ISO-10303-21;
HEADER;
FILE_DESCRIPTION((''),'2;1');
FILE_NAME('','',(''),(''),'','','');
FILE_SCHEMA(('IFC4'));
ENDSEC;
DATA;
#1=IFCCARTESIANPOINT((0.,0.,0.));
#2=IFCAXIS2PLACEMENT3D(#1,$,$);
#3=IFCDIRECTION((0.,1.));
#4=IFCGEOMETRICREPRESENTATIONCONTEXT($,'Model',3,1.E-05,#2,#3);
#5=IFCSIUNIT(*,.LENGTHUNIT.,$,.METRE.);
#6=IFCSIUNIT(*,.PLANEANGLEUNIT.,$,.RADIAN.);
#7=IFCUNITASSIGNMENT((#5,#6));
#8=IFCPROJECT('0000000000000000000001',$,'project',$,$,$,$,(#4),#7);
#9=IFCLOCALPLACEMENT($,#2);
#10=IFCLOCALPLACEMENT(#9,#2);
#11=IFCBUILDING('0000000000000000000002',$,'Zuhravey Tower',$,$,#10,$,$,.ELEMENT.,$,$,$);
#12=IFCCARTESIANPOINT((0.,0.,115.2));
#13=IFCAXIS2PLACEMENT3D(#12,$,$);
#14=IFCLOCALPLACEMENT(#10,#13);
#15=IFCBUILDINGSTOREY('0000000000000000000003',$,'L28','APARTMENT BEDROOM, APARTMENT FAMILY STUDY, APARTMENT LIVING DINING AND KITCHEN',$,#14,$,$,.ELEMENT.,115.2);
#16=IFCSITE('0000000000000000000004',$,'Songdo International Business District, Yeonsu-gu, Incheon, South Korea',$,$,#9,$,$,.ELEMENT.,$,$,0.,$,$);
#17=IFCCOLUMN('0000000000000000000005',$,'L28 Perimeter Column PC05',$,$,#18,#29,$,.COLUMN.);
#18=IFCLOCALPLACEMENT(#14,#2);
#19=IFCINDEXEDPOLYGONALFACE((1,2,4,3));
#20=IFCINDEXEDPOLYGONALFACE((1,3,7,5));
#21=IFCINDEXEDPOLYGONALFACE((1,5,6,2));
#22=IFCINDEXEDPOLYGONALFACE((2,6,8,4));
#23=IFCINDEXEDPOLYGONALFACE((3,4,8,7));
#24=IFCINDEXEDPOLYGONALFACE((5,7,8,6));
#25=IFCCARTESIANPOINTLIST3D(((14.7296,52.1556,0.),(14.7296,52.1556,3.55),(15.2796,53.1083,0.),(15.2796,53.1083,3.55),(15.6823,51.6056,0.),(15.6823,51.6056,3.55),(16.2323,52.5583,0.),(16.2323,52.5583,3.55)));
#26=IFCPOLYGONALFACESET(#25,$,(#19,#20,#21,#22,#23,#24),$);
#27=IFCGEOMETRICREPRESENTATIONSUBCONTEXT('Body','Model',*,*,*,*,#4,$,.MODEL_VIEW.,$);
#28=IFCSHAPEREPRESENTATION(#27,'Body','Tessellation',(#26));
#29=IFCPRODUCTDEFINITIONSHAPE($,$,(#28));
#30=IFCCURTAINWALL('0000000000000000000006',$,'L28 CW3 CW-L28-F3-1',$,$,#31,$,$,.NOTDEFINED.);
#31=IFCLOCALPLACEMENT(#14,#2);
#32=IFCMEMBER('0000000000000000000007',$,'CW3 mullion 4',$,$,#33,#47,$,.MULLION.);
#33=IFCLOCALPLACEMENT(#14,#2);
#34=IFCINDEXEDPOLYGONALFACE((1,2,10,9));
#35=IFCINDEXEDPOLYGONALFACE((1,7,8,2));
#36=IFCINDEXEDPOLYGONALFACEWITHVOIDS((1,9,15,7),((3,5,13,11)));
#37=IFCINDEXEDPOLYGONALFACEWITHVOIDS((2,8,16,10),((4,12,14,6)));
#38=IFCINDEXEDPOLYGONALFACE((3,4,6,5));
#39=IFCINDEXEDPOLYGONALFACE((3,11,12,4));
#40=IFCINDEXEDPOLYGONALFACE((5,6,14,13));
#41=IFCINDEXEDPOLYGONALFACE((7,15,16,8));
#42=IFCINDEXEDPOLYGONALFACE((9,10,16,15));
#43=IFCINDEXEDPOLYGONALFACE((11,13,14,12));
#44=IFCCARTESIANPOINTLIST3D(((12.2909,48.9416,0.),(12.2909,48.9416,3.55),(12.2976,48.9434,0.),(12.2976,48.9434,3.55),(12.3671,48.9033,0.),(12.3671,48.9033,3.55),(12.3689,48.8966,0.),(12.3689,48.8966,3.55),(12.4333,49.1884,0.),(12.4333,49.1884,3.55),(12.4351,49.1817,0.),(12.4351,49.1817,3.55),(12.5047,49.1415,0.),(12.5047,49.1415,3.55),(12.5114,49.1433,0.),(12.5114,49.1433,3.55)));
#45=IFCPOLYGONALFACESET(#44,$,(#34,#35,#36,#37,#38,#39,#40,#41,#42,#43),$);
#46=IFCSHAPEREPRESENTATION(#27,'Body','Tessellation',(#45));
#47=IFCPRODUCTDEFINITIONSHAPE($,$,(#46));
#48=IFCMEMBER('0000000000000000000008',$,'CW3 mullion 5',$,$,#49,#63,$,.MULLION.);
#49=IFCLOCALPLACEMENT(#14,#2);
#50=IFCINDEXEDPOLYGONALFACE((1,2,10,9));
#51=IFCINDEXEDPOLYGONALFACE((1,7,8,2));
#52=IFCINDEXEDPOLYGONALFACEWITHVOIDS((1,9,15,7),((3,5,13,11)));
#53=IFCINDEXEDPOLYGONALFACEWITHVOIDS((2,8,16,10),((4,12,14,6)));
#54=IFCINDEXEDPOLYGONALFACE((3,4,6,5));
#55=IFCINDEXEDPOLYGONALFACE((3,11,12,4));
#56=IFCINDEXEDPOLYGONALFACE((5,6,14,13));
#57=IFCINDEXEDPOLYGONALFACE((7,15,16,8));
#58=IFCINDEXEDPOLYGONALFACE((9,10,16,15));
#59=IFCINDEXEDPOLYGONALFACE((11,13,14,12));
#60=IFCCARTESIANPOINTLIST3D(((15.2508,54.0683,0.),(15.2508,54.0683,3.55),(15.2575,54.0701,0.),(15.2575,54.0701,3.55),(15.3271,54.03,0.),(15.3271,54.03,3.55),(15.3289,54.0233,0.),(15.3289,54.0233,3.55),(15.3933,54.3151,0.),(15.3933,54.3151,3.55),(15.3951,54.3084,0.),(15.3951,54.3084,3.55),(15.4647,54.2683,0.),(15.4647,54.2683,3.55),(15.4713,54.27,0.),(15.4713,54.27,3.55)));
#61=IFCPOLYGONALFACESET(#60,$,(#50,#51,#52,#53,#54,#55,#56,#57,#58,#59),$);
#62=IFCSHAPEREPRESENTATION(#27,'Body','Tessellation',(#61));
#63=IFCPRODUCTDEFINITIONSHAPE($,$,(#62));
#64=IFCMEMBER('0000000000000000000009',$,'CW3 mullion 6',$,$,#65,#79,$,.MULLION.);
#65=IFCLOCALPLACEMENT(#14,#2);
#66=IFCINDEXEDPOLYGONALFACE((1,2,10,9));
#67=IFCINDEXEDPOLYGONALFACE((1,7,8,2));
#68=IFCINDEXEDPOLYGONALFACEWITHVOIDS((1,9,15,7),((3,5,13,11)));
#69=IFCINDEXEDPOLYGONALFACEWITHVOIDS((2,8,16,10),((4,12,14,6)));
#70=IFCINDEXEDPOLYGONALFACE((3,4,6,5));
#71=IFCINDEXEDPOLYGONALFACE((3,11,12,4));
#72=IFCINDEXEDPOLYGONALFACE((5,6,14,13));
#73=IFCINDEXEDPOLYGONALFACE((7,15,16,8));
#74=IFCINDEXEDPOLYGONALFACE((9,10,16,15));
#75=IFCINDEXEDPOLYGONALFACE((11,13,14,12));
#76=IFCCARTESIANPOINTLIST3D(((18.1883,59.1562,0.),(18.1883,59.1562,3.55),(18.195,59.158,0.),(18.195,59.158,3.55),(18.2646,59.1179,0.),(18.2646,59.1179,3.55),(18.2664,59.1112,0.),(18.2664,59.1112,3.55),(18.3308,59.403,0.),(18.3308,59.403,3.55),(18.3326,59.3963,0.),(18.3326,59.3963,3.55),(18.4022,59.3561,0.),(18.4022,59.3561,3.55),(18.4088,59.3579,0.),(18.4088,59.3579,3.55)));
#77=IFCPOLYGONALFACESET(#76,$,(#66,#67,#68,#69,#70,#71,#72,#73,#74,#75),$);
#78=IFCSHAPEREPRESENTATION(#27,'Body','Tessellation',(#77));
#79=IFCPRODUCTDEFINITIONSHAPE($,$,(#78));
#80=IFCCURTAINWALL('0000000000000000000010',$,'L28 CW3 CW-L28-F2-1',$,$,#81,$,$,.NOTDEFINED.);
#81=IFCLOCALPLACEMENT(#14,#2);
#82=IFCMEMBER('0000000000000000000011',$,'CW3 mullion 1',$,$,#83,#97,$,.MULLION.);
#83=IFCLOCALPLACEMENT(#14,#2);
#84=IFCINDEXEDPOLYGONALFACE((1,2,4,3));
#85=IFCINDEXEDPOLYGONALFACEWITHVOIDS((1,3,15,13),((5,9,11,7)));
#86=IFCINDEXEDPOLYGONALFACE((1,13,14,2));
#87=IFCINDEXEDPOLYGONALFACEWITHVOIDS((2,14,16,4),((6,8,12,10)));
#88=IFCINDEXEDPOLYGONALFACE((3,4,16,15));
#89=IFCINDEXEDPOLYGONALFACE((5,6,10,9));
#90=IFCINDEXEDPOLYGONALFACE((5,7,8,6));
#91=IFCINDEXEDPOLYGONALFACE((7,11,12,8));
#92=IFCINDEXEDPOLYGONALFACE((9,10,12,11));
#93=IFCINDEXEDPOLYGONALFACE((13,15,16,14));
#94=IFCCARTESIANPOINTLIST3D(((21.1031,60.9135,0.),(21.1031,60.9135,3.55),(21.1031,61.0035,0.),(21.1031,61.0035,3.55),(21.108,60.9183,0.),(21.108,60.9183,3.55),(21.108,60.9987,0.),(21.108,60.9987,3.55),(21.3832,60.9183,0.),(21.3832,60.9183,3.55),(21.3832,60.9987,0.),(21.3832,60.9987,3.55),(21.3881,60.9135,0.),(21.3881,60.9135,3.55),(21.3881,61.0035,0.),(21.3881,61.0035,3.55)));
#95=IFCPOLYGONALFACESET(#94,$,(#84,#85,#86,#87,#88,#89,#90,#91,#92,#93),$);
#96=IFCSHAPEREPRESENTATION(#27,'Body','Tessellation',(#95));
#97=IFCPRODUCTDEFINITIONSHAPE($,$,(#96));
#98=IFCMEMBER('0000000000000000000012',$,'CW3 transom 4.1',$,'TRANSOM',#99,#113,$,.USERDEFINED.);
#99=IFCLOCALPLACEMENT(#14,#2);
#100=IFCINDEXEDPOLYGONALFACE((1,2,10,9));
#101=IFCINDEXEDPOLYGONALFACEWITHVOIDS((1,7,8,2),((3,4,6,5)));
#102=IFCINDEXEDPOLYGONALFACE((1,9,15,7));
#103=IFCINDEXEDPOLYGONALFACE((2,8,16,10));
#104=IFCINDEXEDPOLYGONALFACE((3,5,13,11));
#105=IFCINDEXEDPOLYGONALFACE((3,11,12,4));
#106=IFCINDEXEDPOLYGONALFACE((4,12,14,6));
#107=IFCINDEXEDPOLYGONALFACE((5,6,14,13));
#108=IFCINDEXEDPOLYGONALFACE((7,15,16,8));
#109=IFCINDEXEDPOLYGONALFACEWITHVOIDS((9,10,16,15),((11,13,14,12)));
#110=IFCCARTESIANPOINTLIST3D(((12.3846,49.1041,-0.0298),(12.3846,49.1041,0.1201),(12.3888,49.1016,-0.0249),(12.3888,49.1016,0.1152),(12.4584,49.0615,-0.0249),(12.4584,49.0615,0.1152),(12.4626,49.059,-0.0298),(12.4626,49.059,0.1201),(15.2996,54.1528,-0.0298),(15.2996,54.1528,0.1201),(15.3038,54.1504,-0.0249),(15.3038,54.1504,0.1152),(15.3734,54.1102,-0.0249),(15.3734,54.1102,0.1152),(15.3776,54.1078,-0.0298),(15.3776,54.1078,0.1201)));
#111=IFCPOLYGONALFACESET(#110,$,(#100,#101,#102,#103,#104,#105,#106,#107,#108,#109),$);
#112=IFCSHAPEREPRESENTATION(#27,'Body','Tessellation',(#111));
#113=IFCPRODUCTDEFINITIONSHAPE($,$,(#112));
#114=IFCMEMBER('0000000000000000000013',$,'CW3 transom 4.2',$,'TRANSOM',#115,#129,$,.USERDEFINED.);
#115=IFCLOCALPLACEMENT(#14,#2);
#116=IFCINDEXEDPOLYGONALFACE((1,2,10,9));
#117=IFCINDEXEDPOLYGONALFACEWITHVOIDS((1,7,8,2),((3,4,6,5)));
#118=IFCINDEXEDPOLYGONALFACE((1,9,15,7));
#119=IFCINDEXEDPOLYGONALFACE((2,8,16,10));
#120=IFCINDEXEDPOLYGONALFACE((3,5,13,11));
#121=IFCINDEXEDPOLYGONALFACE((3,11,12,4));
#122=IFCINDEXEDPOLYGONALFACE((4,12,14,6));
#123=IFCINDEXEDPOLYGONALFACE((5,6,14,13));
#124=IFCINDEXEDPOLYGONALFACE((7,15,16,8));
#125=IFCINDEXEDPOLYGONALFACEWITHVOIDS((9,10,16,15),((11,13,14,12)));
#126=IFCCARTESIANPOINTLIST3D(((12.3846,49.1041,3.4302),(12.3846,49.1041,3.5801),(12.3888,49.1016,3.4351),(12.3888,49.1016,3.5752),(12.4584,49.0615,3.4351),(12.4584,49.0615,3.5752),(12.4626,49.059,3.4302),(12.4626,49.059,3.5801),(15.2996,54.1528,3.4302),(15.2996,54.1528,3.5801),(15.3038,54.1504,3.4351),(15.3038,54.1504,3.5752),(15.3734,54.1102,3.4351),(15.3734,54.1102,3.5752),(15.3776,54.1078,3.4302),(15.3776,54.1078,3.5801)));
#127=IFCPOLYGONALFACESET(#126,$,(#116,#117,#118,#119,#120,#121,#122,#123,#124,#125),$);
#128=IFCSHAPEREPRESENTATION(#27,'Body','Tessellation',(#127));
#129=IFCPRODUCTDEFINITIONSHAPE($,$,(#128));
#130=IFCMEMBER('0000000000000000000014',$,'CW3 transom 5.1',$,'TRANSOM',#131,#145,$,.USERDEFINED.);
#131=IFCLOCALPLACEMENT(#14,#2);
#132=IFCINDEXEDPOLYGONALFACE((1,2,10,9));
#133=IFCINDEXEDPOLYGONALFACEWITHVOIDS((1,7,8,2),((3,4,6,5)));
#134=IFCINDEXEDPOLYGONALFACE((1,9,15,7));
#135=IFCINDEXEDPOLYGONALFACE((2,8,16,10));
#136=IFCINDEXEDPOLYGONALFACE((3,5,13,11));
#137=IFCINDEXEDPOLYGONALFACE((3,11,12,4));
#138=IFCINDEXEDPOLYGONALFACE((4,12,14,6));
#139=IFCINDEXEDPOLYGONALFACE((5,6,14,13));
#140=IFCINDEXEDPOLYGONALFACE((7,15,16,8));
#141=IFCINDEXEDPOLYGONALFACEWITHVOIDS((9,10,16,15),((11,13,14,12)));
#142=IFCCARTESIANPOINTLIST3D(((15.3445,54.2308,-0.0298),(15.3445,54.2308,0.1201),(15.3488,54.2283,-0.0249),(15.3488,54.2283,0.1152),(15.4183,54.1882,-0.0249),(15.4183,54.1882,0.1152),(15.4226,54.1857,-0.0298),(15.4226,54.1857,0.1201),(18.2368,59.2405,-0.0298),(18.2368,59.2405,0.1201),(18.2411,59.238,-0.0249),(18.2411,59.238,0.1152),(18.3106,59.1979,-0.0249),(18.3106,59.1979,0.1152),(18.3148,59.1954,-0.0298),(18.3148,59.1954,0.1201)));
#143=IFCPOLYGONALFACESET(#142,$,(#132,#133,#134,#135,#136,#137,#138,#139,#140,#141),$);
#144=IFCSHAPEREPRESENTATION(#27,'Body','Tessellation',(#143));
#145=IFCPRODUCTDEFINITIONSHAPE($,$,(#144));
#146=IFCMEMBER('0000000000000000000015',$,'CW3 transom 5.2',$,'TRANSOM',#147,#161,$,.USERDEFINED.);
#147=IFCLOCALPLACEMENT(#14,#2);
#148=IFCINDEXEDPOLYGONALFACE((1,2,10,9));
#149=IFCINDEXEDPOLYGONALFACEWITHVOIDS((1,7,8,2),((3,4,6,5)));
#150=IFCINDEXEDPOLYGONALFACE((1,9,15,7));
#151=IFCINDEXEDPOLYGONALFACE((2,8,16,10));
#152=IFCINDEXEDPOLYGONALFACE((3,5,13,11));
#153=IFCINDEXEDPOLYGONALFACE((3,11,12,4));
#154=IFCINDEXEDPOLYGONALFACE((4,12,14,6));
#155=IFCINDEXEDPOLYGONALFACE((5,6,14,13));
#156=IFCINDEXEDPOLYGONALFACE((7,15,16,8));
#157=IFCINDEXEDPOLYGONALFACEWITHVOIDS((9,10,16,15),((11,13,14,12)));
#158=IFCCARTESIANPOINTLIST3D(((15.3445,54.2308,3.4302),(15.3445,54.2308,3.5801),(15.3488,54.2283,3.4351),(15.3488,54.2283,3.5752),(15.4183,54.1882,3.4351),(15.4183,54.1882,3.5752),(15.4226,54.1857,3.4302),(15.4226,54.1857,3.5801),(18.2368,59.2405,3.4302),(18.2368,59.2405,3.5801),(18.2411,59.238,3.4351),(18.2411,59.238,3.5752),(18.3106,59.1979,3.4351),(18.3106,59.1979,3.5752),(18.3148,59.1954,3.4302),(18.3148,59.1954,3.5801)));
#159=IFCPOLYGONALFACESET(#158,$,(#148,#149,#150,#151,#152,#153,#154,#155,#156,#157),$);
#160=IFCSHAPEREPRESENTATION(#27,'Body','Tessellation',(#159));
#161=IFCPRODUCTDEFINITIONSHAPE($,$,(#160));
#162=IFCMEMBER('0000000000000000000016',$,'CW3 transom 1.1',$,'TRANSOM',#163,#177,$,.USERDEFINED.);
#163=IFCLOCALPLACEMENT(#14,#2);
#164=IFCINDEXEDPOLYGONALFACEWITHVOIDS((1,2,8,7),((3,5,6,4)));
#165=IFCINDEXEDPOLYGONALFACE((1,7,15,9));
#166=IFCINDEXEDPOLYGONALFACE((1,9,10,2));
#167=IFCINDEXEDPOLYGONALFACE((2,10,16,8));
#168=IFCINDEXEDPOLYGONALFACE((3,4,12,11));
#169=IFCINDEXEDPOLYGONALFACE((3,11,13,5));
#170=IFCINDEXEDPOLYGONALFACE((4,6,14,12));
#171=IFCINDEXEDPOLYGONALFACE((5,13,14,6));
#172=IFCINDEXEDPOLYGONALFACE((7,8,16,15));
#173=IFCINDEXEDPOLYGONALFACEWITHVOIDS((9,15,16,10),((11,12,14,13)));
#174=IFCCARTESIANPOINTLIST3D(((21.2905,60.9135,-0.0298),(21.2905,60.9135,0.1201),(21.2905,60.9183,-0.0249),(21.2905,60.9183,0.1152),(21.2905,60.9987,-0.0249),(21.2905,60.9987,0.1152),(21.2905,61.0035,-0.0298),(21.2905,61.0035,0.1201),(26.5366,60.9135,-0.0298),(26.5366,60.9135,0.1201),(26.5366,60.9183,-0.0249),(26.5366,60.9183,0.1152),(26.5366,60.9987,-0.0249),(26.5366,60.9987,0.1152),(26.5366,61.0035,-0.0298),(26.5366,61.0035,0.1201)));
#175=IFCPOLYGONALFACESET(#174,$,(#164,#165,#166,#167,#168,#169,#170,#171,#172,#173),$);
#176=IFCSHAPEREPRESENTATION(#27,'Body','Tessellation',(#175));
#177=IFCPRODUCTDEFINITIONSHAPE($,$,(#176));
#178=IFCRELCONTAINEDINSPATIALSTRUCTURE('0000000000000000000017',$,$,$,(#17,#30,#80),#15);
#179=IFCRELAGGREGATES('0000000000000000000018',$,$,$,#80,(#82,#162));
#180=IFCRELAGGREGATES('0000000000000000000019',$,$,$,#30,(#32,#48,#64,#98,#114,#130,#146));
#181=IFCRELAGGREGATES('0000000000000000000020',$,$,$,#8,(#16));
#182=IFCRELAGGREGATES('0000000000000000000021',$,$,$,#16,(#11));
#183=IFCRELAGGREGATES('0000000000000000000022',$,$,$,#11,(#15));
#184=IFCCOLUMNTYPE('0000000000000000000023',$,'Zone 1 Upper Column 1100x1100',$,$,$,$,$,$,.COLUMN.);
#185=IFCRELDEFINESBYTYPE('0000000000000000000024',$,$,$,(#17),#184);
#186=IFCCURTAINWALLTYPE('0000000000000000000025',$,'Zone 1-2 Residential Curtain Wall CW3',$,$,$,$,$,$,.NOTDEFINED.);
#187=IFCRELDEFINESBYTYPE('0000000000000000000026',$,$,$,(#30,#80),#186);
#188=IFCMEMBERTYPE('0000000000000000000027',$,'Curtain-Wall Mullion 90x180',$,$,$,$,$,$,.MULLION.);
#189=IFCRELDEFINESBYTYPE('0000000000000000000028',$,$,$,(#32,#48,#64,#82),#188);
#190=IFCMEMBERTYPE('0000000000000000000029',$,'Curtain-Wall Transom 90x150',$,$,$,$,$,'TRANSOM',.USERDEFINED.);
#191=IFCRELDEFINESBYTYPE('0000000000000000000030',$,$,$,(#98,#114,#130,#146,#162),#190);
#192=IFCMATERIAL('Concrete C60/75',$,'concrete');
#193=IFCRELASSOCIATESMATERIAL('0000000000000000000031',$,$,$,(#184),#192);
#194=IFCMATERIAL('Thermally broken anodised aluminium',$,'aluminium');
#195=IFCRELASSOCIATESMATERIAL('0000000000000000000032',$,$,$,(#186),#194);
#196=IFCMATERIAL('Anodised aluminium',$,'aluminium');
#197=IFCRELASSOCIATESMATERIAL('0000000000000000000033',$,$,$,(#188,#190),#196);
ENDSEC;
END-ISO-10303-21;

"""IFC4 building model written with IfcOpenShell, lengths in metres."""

from ifc_helpers import new_model, si_unit, direction, frame, origin, origin_2d, place, context, subcontext, project, spatial, rectangle, hollow_rectangle, extrude, material, material_profile, profile_set, type_object, element, aggregate, save


model = new_model("IFC4")

# Units and contexts
model_context = context("Model", 3, precision=1e-05, world=origin(), true_north=direction((0.0, 1.0)))
body_context = subcontext(model_context, "Body", "Model", "MODEL_VIEW")
ifc_project = project(units=[si_unit("LENGTHUNIT", "METRE"), si_unit("PLANEANGLEUNIT", "RADIAN")], contexts=[model_context])

# Site, building, storey
site_placement = place(None, origin())
site = spatial("IfcSite", under=ifc_project, at=site_placement, Name="Songdo International Business District, Yeonsu-gu, Incheon, South Korea", CompositionType="ELEMENT", RefElevation=0.0)
building_placement = place(site_placement, origin())
building = spatial("IfcBuilding", under=site, at=building_placement, Name="Zuhravey Tower", CompositionType="ELEMENT")
storey_placement = place(building_placement, frame((0.0, 0.0, 115.2)))
storey = spatial("IfcBuildingStorey", under=building, at=storey_placement, Name="L28", Description="APARTMENT BEDROOM, APARTMENT FAMILY STUDY, APARTMENT LIVING DINING AND KITCHEN", CompositionType="ELEMENT", Elevation=115.2)

# Column
ifc_material_1 = material(Name="Concrete C60/75", Category="concrete")
ifc_material_profile_1 = material_profile(ifc_material_1, rectangle(XDim=1.1001, YDim=1.1001, at=origin_2d()), Name="RC-1100x1100")
ifc_profile_set_1 = profile_set([ifc_material_profile_1], Name="Concrete C60/75")
column_type = type_object("IfcColumnType", Name="Zone 1 Upper Column 1100x1100", PredefinedType="COLUMN", material=ifc_profile_set_1)
column_placement = place(storey_placement, frame((15.481, 52.3569, 0.0), z_axis=(0.0, 0.0, 1.0), x_axis=(-0.5, -0.866025, 0.0)))
element("IfcColumn", 1, at=column_placement, inside=storey, type_object=column_type, Name="L28 Perimeter Column PC05", PredefinedType="COLUMN", context=body_context, shape_type="SweptSolid", body=[
    extrude(rectangle(XDim=1.1001, YDim=1.1001, at=origin_2d()), origin(), (0.0, 0.0, 1.0), 3.55),
])

# Curtain wall, members
ifc_material_2 = material(Name="Thermally broken anodised aluminium", Category="aluminium")
curtain_wall_type = type_object("IfcCurtainWallType", Name="Zone 1-2 Residential Curtain Wall CW3", PredefinedType="NOTDEFINED", material=ifc_material_2)
curtain_wall_1_placement = place(storey_placement, origin())
curtain_wall_1 = element("IfcCurtainWall", 2, at=curtain_wall_1_placement, inside=storey, type_object=curtain_wall_type, Name="L28 CW3 CW-L28-F3-1", PredefinedType="NOTDEFINED")
ifc_material_3 = material(Name="Anodised aluminium", Category="aluminium")
ifc_material_profile_2 = material_profile(ifc_material_3, hollow_rectangle(XDim=0.0901, YDim=0.2849, WallThickness=0.0049, at=origin_2d()), Name="ALU-RHS-90x285x5")
ifc_profile_set_2 = profile_set([ifc_material_profile_2], Name="Anodised aluminium")
member_type_1 = type_object("IfcMemberType", Name="Curtain-Wall Mullion 90x180", PredefinedType="MULLION", material=ifc_profile_set_2)
member_1_placement = place(storey_placement, frame((12.4011, 49.0425, 0.0), z_axis=(0.0, 0.0, 1.0), x_axis=(-0.866026, 0.5, 0.0)))
member_1 = element("IfcMember", 3, at=member_1_placement, type_object=member_type_1, Name="CW3 mullion 4", PredefinedType="MULLION", context=body_context, shape_type="SweptSolid", body=[
    extrude(hollow_rectangle(XDim=0.0901, YDim=0.2849, WallThickness=0.0049, at=origin_2d()), origin(), (0.0, 0.0, 1.0), 3.55),
])
member_2_placement = place(storey_placement, frame((15.3611, 54.1692, 0.0), z_axis=(0.0, 0.0, 1.0), x_axis=(-0.866026, 0.5, 0.0)))
member_2 = element("IfcMember", 4, at=member_2_placement, type_object=member_type_1, Name="CW3 mullion 5", PredefinedType="MULLION", context=body_context, shape_type="SweptSolid", body=[
    extrude(hollow_rectangle(XDim=0.0901, YDim=0.2849, WallThickness=0.0049, at=origin_2d()), origin(), (0.0, 0.0, 1.0), 3.55),
])
member_3_placement = place(storey_placement, frame((18.2986, 59.2571, 0.0), z_axis=(0.0, 0.0, 1.0), x_axis=(-0.866026, 0.5, 0.0)))
member_3 = element("IfcMember", 5, at=member_3_placement, type_object=member_type_1, Name="CW3 mullion 6", PredefinedType="MULLION", context=body_context, shape_type="SweptSolid", body=[
    extrude(hollow_rectangle(XDim=0.0901, YDim=0.2849, WallThickness=0.0049, at=origin_2d()), origin(), (0.0, 0.0, 1.0), 3.55),
])

# Curtain wall, member
curtain_wall_2_placement = place(storey_placement, origin())
curtain_wall_2 = element("IfcCurtainWall", 6, at=curtain_wall_2_placement, inside=storey, type_object=curtain_wall_type, Name="L28 CW3 CW-L28-F2-1", PredefinedType="NOTDEFINED")
member_4_placement = place(storey_placement, frame((21.2456, 60.9585, 0.0), z_axis=(0.0, 0.0, 1.0), x_axis=(0.0, 1.0, 0.0)))
member_4 = element("IfcMember", 7, at=member_4_placement, type_object=member_type_1, Name="CW3 mullion 1", PredefinedType="MULLION", context=body_context, shape_type="SweptSolid", body=[
    extrude(hollow_rectangle(XDim=0.0901, YDim=0.2849, WallThickness=0.0049, at=origin_2d()), origin(), (0.0, 0.0, 1.0), 3.55),
])

# Members
ifc_material_profile_3 = material_profile(ifc_material_3, hollow_rectangle(XDim=0.0901, YDim=0.1499, WallThickness=0.0049, at=origin_2d()), Name="ALU-RHS-90x150x5")
ifc_profile_set_3 = profile_set([ifc_material_profile_3], Name="Anodised aluminium")
member_type_2 = type_object("IfcMemberType", Name="Curtain-Wall Transom 90x150", ElementType="TRANSOM", PredefinedType="USERDEFINED", material=ifc_profile_set_3)
member_5_placement = place(storey_placement, frame((12.4236, 49.0815, 0.0452), z_axis=(0.500012, 0.866018, 0.0), x_axis=(-0.866018, 0.500012, 0.0)))
member_5 = element("IfcMember", 8, at=member_5_placement, type_object=member_type_2, Name="CW3 transom 4.1", ObjectType="TRANSOM", PredefinedType="USERDEFINED", context=body_context, shape_type="SweptSolid", body=[
    extrude(hollow_rectangle(XDim=0.0901, YDim=0.1499, WallThickness=0.0049, at=origin_2d()), origin(), (0.0, 0.0, 1.0), 5.8298),
])
member_6_placement = place(storey_placement, frame((12.4236, 49.0815, 3.5051), z_axis=(0.500012, 0.866018, 0.0), x_axis=(-0.866018, 0.500012, 0.0)))
member_6 = element("IfcMember", 9, at=member_6_placement, type_object=member_type_2, Name="CW3 transom 4.2", ObjectType="TRANSOM", PredefinedType="USERDEFINED", context=body_context, shape_type="SweptSolid", body=[
    extrude(hollow_rectangle(XDim=0.0901, YDim=0.1499, WallThickness=0.0049, at=origin_2d()), origin(), (0.0, 0.0, 1.0), 5.8298),
])
member_7_placement = place(storey_placement, frame((15.3835, 54.2083, 0.0452), z_axis=(0.499993, 0.86603, 0.0), x_axis=(-0.86603, 0.499993, 0.0)))
member_7 = element("IfcMember", 10, at=member_7_placement, type_object=member_type_2, Name="CW3 transom 5.1", ObjectType="TRANSOM", PredefinedType="USERDEFINED", context=body_context, shape_type="SweptSolid", body=[
    extrude(hollow_rectangle(XDim=0.0901, YDim=0.1499, WallThickness=0.0049, at=origin_2d()), origin(), (0.0, 0.0, 1.0), 5.7847),
])
member_8_placement = place(storey_placement, frame((15.3835, 54.2083, 3.5051), z_axis=(0.499993, 0.86603, 0.0), x_axis=(-0.86603, 0.499993, 0.0)))
member_8 = element("IfcMember", 11, at=member_8_placement, type_object=member_type_2, Name="CW3 transom 5.2", ObjectType="TRANSOM", PredefinedType="USERDEFINED", context=body_context, shape_type="SweptSolid", body=[
    extrude(hollow_rectangle(XDim=0.0901, YDim=0.1499, WallThickness=0.0049, at=origin_2d()), origin(), (0.0, 0.0, 1.0), 5.7847),
])
member_9_placement = place(storey_placement, frame((21.2905, 60.9585, 0.0452), z_axis=(1.0, 0.0, 0.0), x_axis=(0.0, 1.0, 0.0)))
member_9 = element("IfcMember", 12, at=member_9_placement, type_object=member_type_2, Name="CW3 transom 1.1", ObjectType="TRANSOM", PredefinedType="USERDEFINED", context=body_context, shape_type="SweptSolid", body=[
    extrude(hollow_rectangle(XDim=0.0901, YDim=0.1499, WallThickness=0.0049, at=origin_2d()), origin(), (0.0, 0.0, 1.0), 5.2461),
])
aggregate(curtain_wall_2, [member_4, member_9])

aggregate(curtain_wall_1, [member_1, member_2, member_3, member_5, member_6, member_7, member_8])

save(model, "model.ifc")
